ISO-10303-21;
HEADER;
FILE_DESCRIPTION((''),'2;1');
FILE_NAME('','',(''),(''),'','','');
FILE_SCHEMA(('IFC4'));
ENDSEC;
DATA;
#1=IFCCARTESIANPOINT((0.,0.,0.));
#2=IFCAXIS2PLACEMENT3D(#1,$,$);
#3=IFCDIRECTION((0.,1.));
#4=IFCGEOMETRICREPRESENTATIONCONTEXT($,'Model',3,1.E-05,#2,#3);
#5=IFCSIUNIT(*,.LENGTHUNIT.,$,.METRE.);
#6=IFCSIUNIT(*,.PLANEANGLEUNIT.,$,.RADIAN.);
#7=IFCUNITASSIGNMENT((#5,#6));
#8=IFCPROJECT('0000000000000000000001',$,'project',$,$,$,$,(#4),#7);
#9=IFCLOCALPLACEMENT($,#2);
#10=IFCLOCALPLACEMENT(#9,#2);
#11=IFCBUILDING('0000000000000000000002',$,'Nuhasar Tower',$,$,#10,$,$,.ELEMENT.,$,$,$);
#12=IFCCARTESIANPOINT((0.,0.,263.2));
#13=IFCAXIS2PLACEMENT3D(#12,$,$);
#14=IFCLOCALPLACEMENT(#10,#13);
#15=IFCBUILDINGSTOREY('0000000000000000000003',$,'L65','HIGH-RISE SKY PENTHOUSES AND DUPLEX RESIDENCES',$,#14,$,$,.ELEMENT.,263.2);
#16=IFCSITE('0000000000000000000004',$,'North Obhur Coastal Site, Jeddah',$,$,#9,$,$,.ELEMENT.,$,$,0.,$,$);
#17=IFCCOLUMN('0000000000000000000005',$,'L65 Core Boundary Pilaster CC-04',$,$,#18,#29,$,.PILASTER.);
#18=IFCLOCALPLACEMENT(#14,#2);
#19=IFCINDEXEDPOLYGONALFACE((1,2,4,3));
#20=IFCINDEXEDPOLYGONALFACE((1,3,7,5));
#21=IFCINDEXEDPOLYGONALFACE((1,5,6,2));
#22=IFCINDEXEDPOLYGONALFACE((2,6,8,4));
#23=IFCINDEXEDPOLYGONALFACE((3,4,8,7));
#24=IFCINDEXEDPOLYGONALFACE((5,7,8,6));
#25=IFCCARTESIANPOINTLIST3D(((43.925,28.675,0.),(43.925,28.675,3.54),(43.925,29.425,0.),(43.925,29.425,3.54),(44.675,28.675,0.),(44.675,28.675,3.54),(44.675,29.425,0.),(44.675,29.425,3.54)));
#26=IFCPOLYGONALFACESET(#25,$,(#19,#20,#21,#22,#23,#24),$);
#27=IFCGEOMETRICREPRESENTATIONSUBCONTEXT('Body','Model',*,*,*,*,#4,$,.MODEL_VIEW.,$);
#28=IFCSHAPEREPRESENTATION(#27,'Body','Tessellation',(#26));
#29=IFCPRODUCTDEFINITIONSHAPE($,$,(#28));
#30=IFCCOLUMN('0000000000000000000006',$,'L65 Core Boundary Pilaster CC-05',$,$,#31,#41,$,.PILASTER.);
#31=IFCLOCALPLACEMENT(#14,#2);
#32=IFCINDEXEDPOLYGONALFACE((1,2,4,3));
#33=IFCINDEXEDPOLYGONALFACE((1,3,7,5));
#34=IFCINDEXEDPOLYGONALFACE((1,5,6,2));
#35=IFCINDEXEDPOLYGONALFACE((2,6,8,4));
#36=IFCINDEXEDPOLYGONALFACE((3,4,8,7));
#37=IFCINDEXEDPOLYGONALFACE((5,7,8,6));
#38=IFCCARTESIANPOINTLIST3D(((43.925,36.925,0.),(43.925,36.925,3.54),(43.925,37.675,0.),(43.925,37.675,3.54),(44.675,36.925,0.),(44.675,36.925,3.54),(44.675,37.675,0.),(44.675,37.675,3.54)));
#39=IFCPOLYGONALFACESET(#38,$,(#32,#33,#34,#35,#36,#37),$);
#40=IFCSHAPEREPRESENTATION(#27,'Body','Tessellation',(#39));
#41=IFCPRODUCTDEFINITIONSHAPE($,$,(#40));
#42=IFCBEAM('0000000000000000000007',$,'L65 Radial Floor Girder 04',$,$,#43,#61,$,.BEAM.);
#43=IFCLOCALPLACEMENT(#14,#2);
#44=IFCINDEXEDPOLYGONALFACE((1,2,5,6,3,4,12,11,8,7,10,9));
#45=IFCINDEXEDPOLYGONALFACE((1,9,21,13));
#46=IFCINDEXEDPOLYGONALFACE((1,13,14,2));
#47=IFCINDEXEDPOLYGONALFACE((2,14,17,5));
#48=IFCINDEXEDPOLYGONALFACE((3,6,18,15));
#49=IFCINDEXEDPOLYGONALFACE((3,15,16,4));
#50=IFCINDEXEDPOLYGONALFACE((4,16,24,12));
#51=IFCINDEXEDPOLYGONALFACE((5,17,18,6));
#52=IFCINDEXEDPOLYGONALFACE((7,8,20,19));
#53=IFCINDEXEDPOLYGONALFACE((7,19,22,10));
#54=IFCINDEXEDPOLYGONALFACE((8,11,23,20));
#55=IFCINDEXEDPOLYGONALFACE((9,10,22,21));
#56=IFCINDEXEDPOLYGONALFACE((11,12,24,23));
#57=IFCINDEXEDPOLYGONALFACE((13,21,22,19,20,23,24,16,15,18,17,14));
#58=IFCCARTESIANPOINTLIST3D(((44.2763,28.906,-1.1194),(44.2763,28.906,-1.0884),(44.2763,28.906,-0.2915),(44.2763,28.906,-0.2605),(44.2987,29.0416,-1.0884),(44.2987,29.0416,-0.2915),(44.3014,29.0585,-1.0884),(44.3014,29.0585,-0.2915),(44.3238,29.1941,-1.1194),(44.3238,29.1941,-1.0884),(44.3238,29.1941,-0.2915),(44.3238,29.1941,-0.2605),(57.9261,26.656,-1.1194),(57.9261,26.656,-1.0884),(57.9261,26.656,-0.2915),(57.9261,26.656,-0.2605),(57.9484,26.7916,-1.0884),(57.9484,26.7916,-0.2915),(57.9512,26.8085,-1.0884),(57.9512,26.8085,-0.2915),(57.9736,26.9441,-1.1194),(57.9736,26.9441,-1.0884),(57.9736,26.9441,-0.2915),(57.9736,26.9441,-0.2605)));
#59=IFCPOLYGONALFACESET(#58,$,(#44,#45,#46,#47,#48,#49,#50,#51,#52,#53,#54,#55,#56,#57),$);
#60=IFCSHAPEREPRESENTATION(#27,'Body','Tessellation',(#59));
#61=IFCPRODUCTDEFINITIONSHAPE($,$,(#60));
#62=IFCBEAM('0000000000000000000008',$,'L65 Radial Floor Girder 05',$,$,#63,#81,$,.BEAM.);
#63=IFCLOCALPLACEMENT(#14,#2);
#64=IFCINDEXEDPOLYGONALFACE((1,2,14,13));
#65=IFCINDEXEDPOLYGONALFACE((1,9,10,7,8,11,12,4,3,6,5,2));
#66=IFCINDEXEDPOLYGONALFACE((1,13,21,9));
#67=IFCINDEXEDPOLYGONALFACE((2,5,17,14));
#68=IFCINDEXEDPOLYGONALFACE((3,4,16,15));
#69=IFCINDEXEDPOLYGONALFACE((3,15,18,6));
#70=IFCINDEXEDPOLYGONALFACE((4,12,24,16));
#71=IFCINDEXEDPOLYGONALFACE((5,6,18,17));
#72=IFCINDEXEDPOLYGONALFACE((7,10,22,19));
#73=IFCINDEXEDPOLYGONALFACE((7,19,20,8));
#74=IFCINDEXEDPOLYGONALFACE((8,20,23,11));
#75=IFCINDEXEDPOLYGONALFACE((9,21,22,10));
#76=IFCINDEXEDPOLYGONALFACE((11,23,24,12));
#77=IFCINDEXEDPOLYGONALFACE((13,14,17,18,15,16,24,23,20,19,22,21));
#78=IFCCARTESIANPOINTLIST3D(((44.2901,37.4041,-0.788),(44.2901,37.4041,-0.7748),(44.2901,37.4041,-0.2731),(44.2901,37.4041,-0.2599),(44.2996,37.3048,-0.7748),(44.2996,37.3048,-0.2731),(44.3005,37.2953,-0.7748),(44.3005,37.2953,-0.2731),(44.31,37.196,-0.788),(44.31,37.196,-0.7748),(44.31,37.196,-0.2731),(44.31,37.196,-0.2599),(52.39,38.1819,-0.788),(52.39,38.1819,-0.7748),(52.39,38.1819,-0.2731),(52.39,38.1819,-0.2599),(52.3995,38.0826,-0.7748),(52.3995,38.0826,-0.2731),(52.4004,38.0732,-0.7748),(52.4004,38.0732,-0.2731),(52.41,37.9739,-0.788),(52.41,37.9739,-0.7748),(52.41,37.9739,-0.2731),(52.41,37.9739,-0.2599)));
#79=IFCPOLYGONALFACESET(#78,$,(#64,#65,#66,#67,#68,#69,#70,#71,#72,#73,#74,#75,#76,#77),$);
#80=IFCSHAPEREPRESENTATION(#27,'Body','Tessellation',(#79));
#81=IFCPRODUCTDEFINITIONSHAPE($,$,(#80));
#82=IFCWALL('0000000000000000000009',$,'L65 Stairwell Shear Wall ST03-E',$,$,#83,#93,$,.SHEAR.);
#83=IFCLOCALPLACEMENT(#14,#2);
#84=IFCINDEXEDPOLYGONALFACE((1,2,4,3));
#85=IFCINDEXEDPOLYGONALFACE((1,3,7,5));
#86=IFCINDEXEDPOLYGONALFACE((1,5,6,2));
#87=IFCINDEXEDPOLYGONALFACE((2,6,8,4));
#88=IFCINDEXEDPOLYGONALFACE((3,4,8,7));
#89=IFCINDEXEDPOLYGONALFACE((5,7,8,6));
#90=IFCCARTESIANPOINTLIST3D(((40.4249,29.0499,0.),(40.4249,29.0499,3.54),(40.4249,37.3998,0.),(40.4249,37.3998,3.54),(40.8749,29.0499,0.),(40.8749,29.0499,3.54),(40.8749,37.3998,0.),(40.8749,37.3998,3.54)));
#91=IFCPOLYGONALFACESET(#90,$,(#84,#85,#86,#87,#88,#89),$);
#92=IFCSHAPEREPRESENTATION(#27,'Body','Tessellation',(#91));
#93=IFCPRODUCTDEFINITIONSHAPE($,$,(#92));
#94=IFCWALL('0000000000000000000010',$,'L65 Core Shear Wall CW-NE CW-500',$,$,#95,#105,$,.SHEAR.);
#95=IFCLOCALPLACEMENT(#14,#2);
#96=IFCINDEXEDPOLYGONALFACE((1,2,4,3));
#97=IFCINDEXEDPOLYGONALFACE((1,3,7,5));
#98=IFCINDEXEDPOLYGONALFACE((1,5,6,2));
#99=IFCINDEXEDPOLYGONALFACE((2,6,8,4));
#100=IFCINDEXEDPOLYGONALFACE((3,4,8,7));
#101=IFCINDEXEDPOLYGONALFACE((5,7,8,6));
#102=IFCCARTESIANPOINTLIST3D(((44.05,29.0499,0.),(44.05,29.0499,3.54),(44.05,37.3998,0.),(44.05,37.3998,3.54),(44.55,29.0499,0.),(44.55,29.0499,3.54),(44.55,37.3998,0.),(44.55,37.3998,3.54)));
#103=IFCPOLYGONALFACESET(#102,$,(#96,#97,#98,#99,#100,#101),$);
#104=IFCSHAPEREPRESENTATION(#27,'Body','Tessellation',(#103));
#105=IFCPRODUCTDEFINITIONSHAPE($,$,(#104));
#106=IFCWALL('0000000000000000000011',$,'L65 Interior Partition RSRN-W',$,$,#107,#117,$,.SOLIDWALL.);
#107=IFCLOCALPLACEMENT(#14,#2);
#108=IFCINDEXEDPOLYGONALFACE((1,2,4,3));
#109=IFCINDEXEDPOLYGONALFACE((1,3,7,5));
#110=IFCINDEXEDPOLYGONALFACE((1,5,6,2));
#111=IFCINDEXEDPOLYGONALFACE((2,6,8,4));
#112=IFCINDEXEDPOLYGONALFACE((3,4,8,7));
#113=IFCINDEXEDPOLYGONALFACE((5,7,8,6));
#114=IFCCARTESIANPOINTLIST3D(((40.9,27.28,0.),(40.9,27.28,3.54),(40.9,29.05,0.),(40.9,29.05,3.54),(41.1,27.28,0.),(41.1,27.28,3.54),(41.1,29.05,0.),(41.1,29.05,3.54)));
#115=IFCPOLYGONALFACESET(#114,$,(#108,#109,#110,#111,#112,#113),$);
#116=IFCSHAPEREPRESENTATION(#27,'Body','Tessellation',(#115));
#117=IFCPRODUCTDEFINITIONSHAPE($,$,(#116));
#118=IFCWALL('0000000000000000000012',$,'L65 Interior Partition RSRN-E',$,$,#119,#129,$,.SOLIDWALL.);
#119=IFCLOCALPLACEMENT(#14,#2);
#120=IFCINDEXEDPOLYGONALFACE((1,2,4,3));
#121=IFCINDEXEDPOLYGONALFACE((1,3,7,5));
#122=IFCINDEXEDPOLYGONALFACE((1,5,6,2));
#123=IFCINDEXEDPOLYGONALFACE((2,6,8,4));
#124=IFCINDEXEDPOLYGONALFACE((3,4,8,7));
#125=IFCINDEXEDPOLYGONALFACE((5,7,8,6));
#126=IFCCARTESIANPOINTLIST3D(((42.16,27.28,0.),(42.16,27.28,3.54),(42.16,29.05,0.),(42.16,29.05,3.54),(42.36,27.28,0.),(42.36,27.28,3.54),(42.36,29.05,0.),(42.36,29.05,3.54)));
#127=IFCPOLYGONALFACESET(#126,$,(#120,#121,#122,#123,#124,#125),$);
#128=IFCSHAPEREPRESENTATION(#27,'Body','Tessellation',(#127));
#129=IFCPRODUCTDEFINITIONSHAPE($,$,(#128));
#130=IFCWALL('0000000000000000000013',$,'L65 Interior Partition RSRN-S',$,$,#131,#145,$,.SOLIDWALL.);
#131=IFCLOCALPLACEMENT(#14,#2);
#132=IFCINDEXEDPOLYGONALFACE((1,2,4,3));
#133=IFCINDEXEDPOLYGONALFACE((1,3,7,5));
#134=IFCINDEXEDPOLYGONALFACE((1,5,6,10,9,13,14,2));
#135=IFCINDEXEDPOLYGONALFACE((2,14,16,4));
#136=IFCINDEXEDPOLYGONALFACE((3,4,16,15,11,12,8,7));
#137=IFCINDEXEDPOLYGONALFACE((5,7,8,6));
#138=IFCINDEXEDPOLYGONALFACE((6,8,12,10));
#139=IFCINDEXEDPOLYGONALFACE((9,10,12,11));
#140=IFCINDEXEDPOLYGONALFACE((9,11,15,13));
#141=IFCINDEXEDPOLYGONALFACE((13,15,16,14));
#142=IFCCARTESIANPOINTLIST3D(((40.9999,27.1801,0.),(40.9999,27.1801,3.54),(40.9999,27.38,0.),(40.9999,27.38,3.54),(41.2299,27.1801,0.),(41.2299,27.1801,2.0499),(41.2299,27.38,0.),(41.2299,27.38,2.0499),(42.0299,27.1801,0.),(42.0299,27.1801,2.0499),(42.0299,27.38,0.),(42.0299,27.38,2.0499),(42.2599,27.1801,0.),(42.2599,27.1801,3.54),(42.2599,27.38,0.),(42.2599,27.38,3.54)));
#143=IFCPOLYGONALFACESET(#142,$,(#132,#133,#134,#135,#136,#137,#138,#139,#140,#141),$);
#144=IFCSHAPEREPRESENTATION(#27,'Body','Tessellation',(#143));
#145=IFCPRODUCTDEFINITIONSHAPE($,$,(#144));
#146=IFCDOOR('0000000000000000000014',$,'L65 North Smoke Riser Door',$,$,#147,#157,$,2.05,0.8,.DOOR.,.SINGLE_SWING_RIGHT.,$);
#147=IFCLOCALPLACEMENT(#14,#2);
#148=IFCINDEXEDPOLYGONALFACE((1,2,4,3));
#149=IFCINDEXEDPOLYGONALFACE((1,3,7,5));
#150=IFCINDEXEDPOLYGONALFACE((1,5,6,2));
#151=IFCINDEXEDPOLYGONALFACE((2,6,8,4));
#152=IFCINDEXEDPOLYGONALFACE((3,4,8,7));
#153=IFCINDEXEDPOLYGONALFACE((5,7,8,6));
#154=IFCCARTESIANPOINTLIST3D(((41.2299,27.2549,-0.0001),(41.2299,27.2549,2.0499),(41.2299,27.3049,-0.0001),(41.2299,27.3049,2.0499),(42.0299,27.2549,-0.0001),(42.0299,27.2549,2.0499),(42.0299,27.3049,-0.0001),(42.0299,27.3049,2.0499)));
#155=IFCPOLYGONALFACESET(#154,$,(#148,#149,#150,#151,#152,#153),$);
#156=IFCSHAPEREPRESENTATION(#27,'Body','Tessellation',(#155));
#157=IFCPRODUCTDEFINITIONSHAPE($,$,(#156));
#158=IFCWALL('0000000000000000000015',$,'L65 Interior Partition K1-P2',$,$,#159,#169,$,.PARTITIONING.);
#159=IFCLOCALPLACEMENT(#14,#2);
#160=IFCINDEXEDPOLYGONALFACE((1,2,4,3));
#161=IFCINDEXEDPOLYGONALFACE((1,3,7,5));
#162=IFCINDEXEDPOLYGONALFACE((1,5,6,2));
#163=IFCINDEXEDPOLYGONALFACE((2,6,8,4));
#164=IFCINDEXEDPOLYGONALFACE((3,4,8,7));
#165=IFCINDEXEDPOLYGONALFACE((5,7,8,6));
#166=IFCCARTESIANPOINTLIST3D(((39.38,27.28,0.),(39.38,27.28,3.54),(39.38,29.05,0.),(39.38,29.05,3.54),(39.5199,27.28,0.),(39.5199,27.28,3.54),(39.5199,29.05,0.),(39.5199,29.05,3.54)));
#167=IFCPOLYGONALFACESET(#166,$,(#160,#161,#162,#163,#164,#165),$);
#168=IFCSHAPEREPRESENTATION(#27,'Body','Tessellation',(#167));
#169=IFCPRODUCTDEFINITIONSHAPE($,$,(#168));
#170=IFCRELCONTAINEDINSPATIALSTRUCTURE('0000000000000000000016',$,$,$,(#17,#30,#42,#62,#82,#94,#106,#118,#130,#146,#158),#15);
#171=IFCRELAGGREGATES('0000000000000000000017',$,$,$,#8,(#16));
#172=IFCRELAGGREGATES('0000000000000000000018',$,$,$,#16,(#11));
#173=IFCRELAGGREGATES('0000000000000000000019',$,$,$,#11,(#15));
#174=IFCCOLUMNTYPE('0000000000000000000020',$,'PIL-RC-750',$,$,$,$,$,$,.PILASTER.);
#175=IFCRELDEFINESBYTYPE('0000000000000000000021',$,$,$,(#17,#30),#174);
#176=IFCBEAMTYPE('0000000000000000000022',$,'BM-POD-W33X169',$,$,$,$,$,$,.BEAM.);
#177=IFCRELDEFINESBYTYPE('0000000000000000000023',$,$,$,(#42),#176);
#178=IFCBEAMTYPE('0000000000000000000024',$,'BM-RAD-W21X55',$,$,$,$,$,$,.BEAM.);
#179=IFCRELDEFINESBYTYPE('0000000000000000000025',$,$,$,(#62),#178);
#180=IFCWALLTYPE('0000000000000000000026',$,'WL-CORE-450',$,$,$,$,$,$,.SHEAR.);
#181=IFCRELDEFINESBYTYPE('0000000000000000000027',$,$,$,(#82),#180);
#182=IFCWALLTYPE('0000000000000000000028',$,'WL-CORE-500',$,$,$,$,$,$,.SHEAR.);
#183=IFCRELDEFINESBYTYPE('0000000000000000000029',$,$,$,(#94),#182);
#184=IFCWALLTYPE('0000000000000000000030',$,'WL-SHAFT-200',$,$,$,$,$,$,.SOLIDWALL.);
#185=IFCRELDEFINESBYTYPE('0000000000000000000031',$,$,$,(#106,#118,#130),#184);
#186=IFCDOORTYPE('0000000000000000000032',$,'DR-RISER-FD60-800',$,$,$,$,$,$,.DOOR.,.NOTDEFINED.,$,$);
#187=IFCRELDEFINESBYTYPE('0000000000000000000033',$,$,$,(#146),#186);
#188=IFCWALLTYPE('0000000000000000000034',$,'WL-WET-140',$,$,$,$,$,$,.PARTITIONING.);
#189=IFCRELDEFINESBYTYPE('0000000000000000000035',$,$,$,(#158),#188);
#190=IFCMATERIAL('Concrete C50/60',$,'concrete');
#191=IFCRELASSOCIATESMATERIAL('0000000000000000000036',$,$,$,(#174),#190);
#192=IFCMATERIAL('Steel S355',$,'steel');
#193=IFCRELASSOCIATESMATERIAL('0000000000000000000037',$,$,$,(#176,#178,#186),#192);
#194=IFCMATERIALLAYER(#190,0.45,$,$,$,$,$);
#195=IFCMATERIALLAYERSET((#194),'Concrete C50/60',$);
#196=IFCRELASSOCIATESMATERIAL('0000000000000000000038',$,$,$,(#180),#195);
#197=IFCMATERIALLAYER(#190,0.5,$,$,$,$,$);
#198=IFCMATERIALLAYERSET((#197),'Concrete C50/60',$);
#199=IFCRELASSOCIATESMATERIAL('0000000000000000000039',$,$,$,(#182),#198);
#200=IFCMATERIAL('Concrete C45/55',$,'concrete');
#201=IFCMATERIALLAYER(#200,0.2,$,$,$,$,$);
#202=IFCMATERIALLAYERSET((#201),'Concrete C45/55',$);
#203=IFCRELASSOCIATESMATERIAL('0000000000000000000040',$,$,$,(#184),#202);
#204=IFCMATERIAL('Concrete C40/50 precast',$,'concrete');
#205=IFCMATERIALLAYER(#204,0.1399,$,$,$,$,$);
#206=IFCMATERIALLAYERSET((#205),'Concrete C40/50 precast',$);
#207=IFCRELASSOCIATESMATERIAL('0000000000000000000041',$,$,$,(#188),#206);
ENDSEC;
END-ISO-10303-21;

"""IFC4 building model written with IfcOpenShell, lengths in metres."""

from ifc_helpers import new_model, si_unit, direction, frame, frame_2d, origin, origin_2d, place, context, subcontext, project, spatial, rectangle, i_section, extrude, material, layer, layer_set, material_profile, profile_set, type_object, element, fill, save


model = new_model("IFC4")

# Units and contexts
model_context = context("Model", 3, precision=1e-05, world=origin(), true_north=direction((0.0, 1.0)))
body_context = subcontext(model_context, "Body", "Model", "MODEL_VIEW")
ifc_project = project(units=[si_unit("LENGTHUNIT", "METRE"), si_unit("PLANEANGLEUNIT", "RADIAN")], contexts=[model_context])

# Site, building, storey
site_placement = place(None, origin())
site = spatial("IfcSite", under=ifc_project, at=site_placement, Name="North Obhur Coastal Site, Jeddah", CompositionType="ELEMENT", RefElevation=0.0)
building_placement = place(site_placement, origin())
building = spatial("IfcBuilding", under=site, at=building_placement, Name="Nuhasar Tower", CompositionType="ELEMENT")
storey_placement = place(building_placement, frame((0.0, 0.0, 263.2)))
storey = spatial("IfcBuildingStorey", under=building, at=storey_placement, Name="L65", Description="HIGH-RISE SKY PENTHOUSES AND DUPLEX RESIDENCES", CompositionType="ELEMENT", Elevation=263.2)

# Columns
ifc_material_1 = material(Name="Concrete C50/60", Category="concrete")
ifc_material_profile_1 = material_profile(ifc_material_1, rectangle(XDim=0.75, YDim=0.75, at=origin_2d()), Name="RC750X750")
ifc_profile_set_1 = profile_set([ifc_material_profile_1], Name="Concrete C50/60")
column_type = type_object("IfcColumnType", Name="PIL-RC-750", PredefinedType="PILASTER", material=ifc_profile_set_1)
for number, where, z_axis, x_axis, name in (
    (1, (44.3, 29.05, 0.0), (0.0, 0.0, 1.0), (1.0, 0.0, 0.0), "L65 Core Boundary Pilaster CC-04"),
    (2, (44.3, 37.3, 0.0), (0.0, 0.0, 1.0), (1.0, 0.0, 0.0), "L65 Core Boundary Pilaster CC-05"),
):
    element("IfcColumn", number, at=place(storey_placement, frame(where, z_axis=z_axis, x_axis=x_axis)), inside=storey, type_object=column_type, Name=name, PredefinedType="PILASTER", context=body_context, shape_type="SweptSolid", body=[
        extrude(rectangle(XDim=0.75, YDim=0.75, at=origin_2d()), origin(), (0.0, 0.0, 1.0), 3.54),
    ])

# Beams
ifc_material_2 = material(Name="Steel S355", Category="steel")
ifc_material_profile_2 = material_profile(ifc_material_2, i_section(OverallWidth=0.292, OverallDepth=0.8589, WebThickness=0.0171, FlangeThickness=0.031, at=origin_2d()), Name="W33X169")
ifc_profile_set_2 = profile_set([ifc_material_profile_2], Name="Steel S355")
beam_type_1 = type_object("IfcBeamType", Name="BM-POD-W33X169", PredefinedType="BEAM", material=ifc_profile_set_2)
beam_1_placement = place(storey_placement, frame((44.3, 29.05, -0.6899), z_axis=(0.986685, -0.162642, 0.0), x_axis=(0.162642, 0.986685, 0.0)))
element("IfcBeam", 3, at=beam_1_placement, inside=storey, type_object=beam_type_1, Name="L65 Radial Floor Girder 04", PredefinedType="BEAM", context=body_context, shape_type="SweptSolid", body=[
    extrude(i_section(OverallWidth=0.292, OverallDepth=0.8589, WebThickness=0.0171, FlangeThickness=0.031, at=origin_2d()), origin(), (0.0, 0.0, 1.0), 13.834),
])
ifc_material_profile_3 = material_profile(ifc_material_2, i_section(OverallWidth=0.209, OverallDepth=0.5281, WebThickness=0.0095, FlangeThickness=0.0132, at=origin_2d()), Name="W21X55")
ifc_profile_set_3 = profile_set([ifc_material_profile_3], Name="Steel S355")
beam_type_2 = type_object("IfcBeamType", Name="BM-RAD-W21X55", PredefinedType="BEAM", material=ifc_profile_set_3)
beam_2_placement = place(storey_placement, frame((44.3, 37.3, -0.5239), z_axis=(0.995421, 0.095591, 0.0), x_axis=(-0.095591, 0.995421, 0.0)))
element("IfcBeam", 4, at=beam_2_placement, inside=storey, type_object=beam_type_2, Name="L65 Radial Floor Girder 05", PredefinedType="BEAM", context=body_context, shape_type="SweptSolid", body=[
    extrude(i_section(OverallWidth=0.209, OverallDepth=0.5281, WebThickness=0.0095, FlangeThickness=0.0132, at=origin_2d()), origin(), (0.0, 0.0, 1.0), 8.1372),
])

# Shared definitions
ifc_layer_1 = layer(ifc_material_1, 0.45)
ifc_layer_set_1 = layer_set([ifc_layer_1], Name="Concrete C50/60")
wall_type_1 = type_object("IfcWallType", Name="WL-CORE-450", PredefinedType="SHEAR", material=ifc_layer_set_1)

# Walls
wall_1_placement = place(storey_placement, frame((40.6499, 29.05, 0.0), z_axis=(0.0, 0.0, 1.0), x_axis=(0.0, 1.0, 0.0)))
element("IfcWall", 5, at=wall_1_placement, inside=storey, type_object=wall_type_1, Name="L65 Stairwell Shear Wall ST03-E", PredefinedType="SHEAR", context=body_context, shape_type="SweptSolid", body=[
    extrude(rectangle(XDim=8.3499, YDim=0.45, at=frame_2d((4.1748, 0.0))), origin(), (0.0, 0.0, 1.0), 3.54),
])
ifc_layer_2 = layer(ifc_material_1, 0.5)
ifc_layer_set_2 = layer_set([ifc_layer_2], Name="Concrete C50/60")
wall_type_2 = type_object("IfcWallType", Name="WL-CORE-500", PredefinedType="SHEAR", material=ifc_layer_set_2)
wall_2_placement = place(storey_placement, frame((44.3, 29.05, 0.0), z_axis=(0.0, 0.0, 1.0), x_axis=(0.0, 1.0, 0.0)))
element("IfcWall", 6, at=wall_2_placement, inside=storey, type_object=wall_type_2, Name="L65 Core Shear Wall CW-NE CW-500", PredefinedType="SHEAR", context=body_context, shape_type="SweptSolid", body=[
    extrude(rectangle(XDim=8.3499, YDim=0.5, at=frame_2d((4.1748, 0.0))), origin(), (0.0, 0.0, 1.0), 3.54),
])
ifc_material_3 = material(Name="Concrete C45/55", Category="concrete")
ifc_layer_3 = layer(ifc_material_3, 0.2)
ifc_layer_set_3 = layer_set([ifc_layer_3], Name="Concrete C45/55")
wall_type_3 = type_object("IfcWallType", Name="WL-SHAFT-200", PredefinedType="SOLIDWALL", material=ifc_layer_set_3)
for number, where, z_axis, x_axis, name in (
    (7, (41.0, 27.28, 0.0), (0.0, 0.0, 1.0), (0.0, 1.0, 0.0), "L65 Interior Partition RSRN-W"),
    (8, (42.26, 27.28, 0.0), (0.0, 0.0, 1.0), (0.0, 1.0, 0.0), "L65 Interior Partition RSRN-E"),
):
    element("IfcWall", number, at=place(storey_placement, frame(where, z_axis=z_axis, x_axis=x_axis)), inside=storey, type_object=wall_type_3, Name=name, PredefinedType="SOLIDWALL", context=body_context, shape_type="SweptSolid", body=[
        extrude(rectangle(XDim=1.77, YDim=0.2, at=frame_2d((0.885, 0.0))), origin(), (0.0, 0.0, 1.0), 3.54),
    ])

# Wall, opening, door
wall_3_placement = place(storey_placement, frame((41.0, 27.28, 0.0), z_axis=(0.0, 0.0, 1.0), x_axis=(1.0, 0.0, 0.0)))
wall_3 = element("IfcWall", 9, at=wall_3_placement, inside=storey, type_object=wall_type_3, Name="L65 Interior Partition RSRN-S", PredefinedType="SOLIDWALL", context=body_context, shape_type="SweptSolid", body=[
    extrude(rectangle(XDim=1.26, YDim=0.2, at=frame_2d((0.6299, 0.0))), origin(), (0.0, 0.0, 1.0), 3.54),
])
opening_1_placement = place(wall_3_placement, frame((0.23, 0.0, 0.0)))
opening_1 = element("IfcOpeningElement", 10, at=opening_1_placement, cuts=wall_3, PredefinedType="OPENING", context=body_context, shape_type="SweptSolid", body=[
    extrude(rectangle(XDim=0.8, YDim=2.05, at=frame_2d((0.3999, 1.0249))), frame((0.0, 0.1099, 0.0), z_axis=(0.0, -1.0, 0.0), x_axis=(1.0, 0.0, 0.0)), (0.0, 0.0, 1.0), 0.22),
])
door_type_1 = type_object("IfcDoorType", Name="DR-RISER-FD60-800", OperationType="NOTDEFINED", PredefinedType="DOOR", material=ifc_material_2)
door_1_placement = place(opening_1_placement, origin())
door_1 = element("IfcDoor", 11, at=door_1_placement, inside=storey, type_object=door_type_1, Name="L65 North Smoke Riser Door", OperationType="SINGLE_SWING_RIGHT", OverallHeight=2.05, OverallWidth=0.8, PredefinedType="DOOR", context=body_context, shape_type="SweptSolid", body=[
    extrude(rectangle(XDim=0.8, YDim=2.05, at=frame_2d((0.3999, 1.0249))), frame((0.0, 0.0249, 0.0), z_axis=(0.0, -1.0, 0.0), x_axis=(1.0, 0.0, 0.0)), (0.0, 0.0, 1.0), 0.05),
])
fill(opening_1, door_1)

# Wall
ifc_material_4 = material(Name="Concrete C40/50 precast", Category="concrete")
ifc_layer_4 = layer(ifc_material_4, 0.1399)
ifc_layer_set_4 = layer_set([ifc_layer_4], Name="Concrete C40/50 precast")
wall_type_4 = type_object("IfcWallType", Name="WL-WET-140", PredefinedType="PARTITIONING", material=ifc_layer_set_4)
wall_4_placement = place(storey_placement, frame((39.45, 27.28, 0.0), z_axis=(0.0, 0.0, 1.0), x_axis=(0.0, 1.0, 0.0)))
element("IfcWall", 12, at=wall_4_placement, inside=storey, type_object=wall_type_4, Name="L65 Interior Partition K1-P2", PredefinedType="PARTITIONING", context=body_context, shape_type="SweptSolid", body=[
    extrude(rectangle(XDim=1.77, YDim=0.1399, at=frame_2d((0.885, 0.0))), origin(), (0.0, 0.0, 1.0), 3.54),
])

save(model, "model.ifc")
